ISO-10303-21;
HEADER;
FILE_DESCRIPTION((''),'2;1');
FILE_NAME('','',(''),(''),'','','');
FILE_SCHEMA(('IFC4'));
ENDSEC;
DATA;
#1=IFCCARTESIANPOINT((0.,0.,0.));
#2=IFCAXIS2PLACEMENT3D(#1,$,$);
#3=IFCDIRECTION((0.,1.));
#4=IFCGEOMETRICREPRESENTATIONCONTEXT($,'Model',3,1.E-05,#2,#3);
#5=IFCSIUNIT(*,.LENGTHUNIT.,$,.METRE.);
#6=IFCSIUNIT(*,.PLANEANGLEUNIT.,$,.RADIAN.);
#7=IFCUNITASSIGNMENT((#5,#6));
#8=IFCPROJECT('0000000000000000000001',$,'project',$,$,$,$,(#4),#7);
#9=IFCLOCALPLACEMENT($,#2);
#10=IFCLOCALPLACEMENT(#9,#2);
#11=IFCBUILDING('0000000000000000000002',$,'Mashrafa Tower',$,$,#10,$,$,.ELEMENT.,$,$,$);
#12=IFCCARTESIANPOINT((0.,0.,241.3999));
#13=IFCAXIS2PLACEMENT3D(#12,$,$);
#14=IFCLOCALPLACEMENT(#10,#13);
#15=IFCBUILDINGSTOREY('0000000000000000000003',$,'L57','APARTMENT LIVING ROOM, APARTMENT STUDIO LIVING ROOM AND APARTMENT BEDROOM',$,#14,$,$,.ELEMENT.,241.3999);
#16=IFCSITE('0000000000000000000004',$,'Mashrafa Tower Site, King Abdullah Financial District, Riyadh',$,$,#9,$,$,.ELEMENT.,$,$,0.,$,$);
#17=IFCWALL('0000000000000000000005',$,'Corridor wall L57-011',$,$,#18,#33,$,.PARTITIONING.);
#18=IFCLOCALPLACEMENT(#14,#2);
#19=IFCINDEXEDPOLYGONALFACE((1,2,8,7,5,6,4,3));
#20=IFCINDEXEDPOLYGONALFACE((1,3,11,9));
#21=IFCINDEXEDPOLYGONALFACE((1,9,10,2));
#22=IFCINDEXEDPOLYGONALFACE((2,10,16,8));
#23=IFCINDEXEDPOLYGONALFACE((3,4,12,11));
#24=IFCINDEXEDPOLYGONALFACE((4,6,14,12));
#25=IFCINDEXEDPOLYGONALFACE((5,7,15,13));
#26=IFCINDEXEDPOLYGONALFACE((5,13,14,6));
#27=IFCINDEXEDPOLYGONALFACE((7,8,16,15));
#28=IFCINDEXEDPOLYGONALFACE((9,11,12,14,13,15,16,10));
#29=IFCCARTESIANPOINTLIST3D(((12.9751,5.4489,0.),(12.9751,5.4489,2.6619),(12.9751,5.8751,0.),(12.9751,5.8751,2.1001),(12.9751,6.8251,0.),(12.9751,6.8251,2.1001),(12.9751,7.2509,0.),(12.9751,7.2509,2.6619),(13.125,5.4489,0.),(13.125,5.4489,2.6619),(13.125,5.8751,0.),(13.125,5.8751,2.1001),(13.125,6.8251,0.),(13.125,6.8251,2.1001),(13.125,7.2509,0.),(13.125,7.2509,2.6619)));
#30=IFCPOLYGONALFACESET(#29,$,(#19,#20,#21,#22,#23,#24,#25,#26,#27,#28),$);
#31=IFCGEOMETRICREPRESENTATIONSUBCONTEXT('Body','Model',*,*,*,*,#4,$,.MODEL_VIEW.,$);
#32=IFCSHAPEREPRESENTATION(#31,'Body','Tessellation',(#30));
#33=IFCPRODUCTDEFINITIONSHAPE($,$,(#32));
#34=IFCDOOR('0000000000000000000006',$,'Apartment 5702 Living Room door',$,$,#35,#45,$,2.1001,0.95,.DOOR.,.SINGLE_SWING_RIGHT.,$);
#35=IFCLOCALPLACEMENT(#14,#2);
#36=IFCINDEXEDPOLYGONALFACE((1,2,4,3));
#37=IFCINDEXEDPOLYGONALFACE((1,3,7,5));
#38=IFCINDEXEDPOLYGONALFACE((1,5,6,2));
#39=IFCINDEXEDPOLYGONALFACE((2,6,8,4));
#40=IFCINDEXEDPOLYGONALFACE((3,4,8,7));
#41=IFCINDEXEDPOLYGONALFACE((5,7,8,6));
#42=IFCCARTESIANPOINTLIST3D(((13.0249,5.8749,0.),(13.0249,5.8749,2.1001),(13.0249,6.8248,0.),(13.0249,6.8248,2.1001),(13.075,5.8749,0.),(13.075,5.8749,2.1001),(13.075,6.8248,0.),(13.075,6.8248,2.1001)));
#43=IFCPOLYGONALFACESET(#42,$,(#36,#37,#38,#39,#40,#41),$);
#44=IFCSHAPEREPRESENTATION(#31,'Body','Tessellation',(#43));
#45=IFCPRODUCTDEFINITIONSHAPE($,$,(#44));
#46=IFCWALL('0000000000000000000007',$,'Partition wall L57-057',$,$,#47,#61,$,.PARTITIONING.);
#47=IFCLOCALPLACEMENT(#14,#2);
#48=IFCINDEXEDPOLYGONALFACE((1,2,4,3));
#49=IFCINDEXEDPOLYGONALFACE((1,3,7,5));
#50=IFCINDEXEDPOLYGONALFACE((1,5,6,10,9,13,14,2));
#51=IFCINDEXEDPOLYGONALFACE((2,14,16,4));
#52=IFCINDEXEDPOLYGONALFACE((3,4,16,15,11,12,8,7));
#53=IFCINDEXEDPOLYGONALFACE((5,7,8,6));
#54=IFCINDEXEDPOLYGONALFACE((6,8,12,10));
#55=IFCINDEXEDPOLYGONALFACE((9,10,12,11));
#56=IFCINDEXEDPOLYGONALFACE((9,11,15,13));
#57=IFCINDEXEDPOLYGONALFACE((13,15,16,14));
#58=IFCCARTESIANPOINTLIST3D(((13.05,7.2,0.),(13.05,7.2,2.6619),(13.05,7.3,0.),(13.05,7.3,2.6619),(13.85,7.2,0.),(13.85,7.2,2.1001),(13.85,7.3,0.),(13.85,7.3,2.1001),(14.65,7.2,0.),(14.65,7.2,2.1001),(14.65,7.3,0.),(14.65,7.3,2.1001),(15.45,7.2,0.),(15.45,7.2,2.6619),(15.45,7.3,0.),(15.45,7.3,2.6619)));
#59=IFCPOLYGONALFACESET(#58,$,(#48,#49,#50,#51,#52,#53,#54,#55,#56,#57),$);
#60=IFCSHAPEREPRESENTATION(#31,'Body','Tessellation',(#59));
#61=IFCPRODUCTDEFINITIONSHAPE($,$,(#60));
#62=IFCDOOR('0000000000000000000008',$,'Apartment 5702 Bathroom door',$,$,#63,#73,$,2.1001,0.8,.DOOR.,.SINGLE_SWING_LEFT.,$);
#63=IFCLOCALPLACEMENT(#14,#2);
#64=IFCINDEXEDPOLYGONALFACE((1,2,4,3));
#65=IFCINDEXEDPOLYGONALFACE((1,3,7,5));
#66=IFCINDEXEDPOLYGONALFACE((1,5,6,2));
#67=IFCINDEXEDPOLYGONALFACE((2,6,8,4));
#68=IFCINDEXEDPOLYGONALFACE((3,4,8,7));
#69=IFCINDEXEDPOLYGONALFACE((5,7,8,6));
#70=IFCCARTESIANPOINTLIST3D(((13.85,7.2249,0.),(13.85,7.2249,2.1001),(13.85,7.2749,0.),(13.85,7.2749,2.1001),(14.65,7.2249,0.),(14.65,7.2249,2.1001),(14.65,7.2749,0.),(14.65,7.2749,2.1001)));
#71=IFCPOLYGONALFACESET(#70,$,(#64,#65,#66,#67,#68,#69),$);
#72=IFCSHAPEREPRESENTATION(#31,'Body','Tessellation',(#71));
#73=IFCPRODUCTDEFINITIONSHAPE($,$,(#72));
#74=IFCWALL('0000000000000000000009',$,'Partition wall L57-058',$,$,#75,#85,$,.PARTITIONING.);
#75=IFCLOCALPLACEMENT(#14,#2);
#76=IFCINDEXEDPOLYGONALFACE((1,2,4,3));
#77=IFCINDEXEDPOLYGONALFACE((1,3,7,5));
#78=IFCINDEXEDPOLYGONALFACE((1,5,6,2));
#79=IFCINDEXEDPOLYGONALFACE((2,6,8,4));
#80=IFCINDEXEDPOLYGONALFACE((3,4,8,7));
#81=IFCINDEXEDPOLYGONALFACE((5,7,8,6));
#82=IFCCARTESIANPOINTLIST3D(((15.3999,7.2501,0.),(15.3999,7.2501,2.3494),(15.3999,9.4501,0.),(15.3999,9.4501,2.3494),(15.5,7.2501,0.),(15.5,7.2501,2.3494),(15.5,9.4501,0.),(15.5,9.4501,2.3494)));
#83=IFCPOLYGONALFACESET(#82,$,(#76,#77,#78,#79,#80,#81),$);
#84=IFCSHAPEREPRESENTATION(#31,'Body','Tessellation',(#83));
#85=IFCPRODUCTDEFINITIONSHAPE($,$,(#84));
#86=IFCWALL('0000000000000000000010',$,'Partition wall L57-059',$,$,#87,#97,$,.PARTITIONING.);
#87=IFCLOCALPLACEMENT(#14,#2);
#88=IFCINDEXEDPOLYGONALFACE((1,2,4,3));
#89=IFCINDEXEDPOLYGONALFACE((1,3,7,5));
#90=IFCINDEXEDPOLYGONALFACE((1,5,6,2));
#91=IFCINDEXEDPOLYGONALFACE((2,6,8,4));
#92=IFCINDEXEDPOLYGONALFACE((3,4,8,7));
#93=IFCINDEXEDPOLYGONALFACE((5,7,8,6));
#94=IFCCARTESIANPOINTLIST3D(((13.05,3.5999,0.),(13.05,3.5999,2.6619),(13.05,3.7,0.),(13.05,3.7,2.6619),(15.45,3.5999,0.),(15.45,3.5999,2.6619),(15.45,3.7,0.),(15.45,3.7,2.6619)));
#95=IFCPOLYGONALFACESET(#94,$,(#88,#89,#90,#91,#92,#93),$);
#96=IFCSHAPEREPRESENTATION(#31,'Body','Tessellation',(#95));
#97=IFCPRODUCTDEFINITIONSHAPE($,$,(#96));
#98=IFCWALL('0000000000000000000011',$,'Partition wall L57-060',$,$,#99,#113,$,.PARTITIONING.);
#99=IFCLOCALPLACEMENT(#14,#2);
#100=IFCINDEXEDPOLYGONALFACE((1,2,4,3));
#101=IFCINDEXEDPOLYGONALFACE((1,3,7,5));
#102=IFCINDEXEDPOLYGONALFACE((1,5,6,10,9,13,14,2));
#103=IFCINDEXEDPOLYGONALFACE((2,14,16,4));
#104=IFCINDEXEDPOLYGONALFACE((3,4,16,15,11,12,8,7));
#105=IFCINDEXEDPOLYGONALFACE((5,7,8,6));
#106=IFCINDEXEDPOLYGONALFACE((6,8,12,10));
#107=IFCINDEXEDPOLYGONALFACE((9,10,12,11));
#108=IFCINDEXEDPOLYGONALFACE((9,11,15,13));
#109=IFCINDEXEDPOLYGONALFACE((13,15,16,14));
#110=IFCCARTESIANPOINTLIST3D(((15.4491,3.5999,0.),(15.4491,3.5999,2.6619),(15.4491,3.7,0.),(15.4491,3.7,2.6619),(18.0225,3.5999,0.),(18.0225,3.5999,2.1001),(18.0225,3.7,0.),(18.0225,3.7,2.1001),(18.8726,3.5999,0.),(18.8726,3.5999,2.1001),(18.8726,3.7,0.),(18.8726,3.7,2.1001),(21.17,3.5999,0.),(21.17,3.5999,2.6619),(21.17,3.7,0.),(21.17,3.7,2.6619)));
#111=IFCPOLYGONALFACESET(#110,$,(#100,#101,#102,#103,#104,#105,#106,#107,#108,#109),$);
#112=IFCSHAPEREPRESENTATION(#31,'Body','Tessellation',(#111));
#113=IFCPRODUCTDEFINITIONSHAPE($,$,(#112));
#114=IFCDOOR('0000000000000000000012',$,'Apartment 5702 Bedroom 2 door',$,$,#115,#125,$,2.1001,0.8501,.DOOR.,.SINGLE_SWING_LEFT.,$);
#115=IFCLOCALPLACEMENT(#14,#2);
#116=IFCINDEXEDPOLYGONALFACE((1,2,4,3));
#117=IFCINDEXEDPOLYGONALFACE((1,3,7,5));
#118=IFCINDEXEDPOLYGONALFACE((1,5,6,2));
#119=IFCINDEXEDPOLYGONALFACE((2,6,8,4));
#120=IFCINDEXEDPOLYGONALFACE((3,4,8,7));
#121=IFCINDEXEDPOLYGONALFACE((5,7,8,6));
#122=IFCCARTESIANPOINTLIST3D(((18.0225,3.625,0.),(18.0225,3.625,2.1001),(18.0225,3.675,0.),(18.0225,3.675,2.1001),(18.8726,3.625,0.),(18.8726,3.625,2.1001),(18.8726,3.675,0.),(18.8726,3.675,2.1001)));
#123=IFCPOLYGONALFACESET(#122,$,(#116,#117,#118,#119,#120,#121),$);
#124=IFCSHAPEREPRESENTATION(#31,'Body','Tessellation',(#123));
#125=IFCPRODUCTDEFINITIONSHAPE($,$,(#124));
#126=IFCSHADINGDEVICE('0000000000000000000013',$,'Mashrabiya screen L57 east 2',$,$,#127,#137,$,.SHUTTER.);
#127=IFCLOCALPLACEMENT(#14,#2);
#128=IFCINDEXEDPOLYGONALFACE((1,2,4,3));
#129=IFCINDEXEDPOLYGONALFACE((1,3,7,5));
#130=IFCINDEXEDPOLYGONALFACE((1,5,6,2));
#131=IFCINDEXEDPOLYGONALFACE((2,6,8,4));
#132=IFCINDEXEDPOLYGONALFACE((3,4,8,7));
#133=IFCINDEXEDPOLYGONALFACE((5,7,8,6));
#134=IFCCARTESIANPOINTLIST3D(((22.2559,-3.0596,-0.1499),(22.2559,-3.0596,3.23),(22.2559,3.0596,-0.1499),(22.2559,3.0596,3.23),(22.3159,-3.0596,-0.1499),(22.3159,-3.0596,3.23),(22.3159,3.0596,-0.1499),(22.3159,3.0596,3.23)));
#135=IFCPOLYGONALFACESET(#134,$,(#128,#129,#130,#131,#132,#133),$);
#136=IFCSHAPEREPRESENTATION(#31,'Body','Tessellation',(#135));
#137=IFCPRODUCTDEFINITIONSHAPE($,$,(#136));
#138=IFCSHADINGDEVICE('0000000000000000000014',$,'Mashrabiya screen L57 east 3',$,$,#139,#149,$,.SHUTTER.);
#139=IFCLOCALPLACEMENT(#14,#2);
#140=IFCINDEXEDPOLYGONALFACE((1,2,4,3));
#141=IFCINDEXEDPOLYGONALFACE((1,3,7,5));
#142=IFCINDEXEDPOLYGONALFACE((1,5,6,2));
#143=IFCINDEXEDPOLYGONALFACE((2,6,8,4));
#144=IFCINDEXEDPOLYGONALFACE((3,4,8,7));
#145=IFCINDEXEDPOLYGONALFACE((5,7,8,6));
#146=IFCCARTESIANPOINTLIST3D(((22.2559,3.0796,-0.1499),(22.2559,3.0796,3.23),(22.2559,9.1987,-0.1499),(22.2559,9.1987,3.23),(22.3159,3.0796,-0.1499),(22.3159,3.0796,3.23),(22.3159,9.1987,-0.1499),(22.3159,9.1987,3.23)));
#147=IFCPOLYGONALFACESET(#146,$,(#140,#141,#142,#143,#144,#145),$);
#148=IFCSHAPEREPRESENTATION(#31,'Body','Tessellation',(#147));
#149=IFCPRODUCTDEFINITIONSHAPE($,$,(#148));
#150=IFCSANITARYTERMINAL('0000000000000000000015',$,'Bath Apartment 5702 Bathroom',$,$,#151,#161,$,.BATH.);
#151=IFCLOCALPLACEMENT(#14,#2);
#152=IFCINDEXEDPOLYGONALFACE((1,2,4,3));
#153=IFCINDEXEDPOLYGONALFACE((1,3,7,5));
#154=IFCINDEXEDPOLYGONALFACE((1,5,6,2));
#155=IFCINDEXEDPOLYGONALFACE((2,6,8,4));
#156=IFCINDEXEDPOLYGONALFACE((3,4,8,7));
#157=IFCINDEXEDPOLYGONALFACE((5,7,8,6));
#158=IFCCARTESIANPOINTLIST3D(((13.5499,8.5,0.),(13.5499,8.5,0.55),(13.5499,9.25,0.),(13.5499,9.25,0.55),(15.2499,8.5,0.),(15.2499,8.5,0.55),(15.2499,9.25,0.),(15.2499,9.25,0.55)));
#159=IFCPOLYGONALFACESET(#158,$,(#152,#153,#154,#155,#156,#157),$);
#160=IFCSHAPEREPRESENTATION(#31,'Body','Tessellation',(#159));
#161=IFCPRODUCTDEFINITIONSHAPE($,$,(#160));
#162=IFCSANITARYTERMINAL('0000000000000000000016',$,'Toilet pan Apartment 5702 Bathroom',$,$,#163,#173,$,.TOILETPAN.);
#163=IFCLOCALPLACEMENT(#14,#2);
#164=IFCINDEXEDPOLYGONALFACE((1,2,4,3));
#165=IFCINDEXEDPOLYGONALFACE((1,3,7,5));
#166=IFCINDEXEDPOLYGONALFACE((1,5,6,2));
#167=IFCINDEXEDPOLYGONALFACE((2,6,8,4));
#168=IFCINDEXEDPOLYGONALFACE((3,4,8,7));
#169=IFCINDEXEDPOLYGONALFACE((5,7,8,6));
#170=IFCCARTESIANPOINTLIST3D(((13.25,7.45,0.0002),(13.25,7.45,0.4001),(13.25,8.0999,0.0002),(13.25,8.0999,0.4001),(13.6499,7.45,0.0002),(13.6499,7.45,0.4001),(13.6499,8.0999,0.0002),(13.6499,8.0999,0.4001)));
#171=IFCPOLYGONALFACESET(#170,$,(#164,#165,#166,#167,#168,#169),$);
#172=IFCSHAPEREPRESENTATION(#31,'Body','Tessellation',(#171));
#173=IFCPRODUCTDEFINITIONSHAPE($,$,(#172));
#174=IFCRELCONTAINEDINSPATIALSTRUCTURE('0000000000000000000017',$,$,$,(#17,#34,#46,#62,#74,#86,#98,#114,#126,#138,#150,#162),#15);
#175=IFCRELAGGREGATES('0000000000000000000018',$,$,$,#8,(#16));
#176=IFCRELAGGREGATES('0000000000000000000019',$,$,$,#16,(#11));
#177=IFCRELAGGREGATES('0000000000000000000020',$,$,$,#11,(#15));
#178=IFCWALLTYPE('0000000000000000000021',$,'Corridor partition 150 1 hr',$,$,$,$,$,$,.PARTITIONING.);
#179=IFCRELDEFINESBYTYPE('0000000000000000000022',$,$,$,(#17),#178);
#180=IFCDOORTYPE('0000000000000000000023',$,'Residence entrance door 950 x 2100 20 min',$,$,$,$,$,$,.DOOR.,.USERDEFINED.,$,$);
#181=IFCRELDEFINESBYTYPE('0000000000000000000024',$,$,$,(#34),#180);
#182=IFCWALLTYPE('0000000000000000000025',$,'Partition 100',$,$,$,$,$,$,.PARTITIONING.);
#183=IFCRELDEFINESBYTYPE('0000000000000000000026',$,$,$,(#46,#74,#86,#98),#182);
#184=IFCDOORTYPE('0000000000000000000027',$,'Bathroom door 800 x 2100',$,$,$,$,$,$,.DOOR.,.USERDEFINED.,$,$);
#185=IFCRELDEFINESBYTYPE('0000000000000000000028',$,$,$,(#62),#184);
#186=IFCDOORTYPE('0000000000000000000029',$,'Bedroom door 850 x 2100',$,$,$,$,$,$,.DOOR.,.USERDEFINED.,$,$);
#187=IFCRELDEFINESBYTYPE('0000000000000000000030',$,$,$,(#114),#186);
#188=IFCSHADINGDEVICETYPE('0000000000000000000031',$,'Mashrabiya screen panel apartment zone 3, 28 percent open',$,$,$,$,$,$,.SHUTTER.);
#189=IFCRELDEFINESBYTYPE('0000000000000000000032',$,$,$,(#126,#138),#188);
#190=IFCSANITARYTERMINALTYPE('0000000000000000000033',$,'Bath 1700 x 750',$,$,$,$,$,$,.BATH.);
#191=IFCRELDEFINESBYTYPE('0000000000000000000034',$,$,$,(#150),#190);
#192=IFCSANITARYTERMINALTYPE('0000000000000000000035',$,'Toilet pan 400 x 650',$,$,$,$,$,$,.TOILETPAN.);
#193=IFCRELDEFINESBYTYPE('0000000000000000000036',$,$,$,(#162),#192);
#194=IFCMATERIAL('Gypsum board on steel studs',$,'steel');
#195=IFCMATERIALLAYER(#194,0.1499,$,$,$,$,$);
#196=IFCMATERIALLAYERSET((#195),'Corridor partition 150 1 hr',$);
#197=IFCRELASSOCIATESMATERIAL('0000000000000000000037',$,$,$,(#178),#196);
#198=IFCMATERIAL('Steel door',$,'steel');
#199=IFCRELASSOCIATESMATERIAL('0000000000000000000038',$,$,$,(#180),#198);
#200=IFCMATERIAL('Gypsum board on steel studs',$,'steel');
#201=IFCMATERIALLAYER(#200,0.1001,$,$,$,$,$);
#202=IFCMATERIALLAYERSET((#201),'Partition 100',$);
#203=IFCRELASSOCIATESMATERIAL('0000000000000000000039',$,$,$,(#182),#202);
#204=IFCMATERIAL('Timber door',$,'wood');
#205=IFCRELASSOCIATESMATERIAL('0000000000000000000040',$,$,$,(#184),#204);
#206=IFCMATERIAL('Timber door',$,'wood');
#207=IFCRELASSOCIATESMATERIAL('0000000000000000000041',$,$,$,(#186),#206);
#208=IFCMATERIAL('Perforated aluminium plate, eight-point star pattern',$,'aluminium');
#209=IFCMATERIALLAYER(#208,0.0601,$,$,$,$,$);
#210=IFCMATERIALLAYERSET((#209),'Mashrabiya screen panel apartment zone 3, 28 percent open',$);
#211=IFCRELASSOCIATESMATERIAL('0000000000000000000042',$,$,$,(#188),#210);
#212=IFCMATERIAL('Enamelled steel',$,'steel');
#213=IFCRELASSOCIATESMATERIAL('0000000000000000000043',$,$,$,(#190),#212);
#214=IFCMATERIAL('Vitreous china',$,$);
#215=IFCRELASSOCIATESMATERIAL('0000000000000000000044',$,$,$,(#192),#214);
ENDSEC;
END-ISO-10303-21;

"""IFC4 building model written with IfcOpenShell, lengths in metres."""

from ifc_helpers import new_model, si_unit, direction, frame, frame_2d, origin, origin_2d, place, context, subcontext, project, spatial, rectangle, extrude, source, transform, mapped, material, layer, layer_set, type_object, type_shapes, element, fill, save


model = new_model("IFC4")

# Units and contexts
model_context = context("Model", 3, precision=1e-05, world=origin(), true_north=direction((0.0, 1.0)))
body_context = subcontext(model_context, "Body", "Model", "MODEL_VIEW")
ifc_project = project(units=[si_unit("LENGTHUNIT", "METRE"), si_unit("PLANEANGLEUNIT", "RADIAN")], contexts=[model_context])

# Site, building, storey
site_placement = place(None, origin())
site = spatial("IfcSite", under=ifc_project, at=site_placement, Name="Mashrafa Tower Site, King Abdullah Financial District, Riyadh", CompositionType="ELEMENT", RefElevation=0.0)
building_placement = place(site_placement, origin())
building = spatial("IfcBuilding", under=site, at=building_placement, Name="Mashrafa Tower", CompositionType="ELEMENT")
storey_placement = place(building_placement, frame((0.0, 0.0, 241.3999)))
storey = spatial("IfcBuildingStorey", under=building, at=storey_placement, Name="L57", Description="APARTMENT LIVING ROOM, APARTMENT STUDIO LIVING ROOM AND APARTMENT BEDROOM", CompositionType="ELEMENT", Elevation=241.3999)

# Shared definitions
ifc_material_1 = material(Name="Gypsum board on steel studs", Category="steel")
ifc_layer_1 = layer(ifc_material_1, 0.1499)
ifc_layer_set_1 = layer_set([ifc_layer_1], Name="Corridor partition 150 1 hr")
wall_type_1 = type_object("IfcWallType", Name="Corridor partition 150 1 hr", PredefinedType="PARTITIONING", material=ifc_layer_set_1)

# Walls, openings, doors
wall_1_placement = place(storey_placement, frame((13.05, 5.449, 0.0), z_axis=(0.0, 0.0, 1.0), x_axis=(0.0, 1.0, 0.0)))
wall_1 = element("IfcWall", 1, at=wall_1_placement, inside=storey, type_object=wall_type_1, Name="Corridor wall L57-011", PredefinedType="PARTITIONING", context=body_context, shape_type="SweptSolid", body=[
    extrude(rectangle(XDim=1.802, YDim=0.1499, at=frame_2d((0.9009, 0.0))), origin(), (0.0, 0.0, 1.0), 2.6619),
])
opening_1_placement = place(wall_1_placement, frame((0.426, 0.0, 0.0)))
opening_1 = element("IfcOpeningElement", 2, at=opening_1_placement, cuts=wall_1, PredefinedType="OPENING", context=body_context, shape_type="SweptSolid", body=[
    extrude(rectangle(XDim=0.95, YDim=2.1001, at=frame_2d((0.4751, 1.05))), frame((0.0, 0.085, 0.0), z_axis=(0.0, -1.0, 0.0), x_axis=(1.0, 0.0, 0.0)), (0.0, 0.0, 1.0), 0.1699),
])
ifc_material_2 = material(Name="Steel door", Category="steel")
door_type_1 = type_object("IfcDoorType", Name="Residence entrance door 950 x 2100 20 min", OperationType="USERDEFINED", PredefinedType="DOOR", material=ifc_material_2)
door_1_placement = place(opening_1_placement, frame((0.95, 0.0, 0.0), z_axis=(0.0, 0.0, 1.0), x_axis=(-1.0, 0.0, 0.0)))
door_1 = element("IfcDoor", 3, at=door_1_placement, inside=storey, type_object=door_type_1, Name="Apartment 5702 Living Room door", OperationType="SINGLE_SWING_RIGHT", OverallHeight=2.1001, OverallWidth=0.95, PredefinedType="DOOR", context=body_context, shape_type="SweptSolid", body=[
    extrude(rectangle(XDim=0.95, YDim=2.1001, at=frame_2d((0.4751, 1.05))), frame((0.0, 0.0249, 0.0), z_axis=(0.0, -1.0, 0.0), x_axis=(1.0, 0.0, 0.0)), (0.0, 0.0, 1.0), 0.05),
])
fill(opening_1, door_1)
ifc_material_3 = material(Name="Gypsum board on steel studs", Category="steel")
ifc_layer_2 = layer(ifc_material_3, 0.1001)
ifc_layer_set_2 = layer_set([ifc_layer_2], Name="Partition 100")
wall_type_2 = type_object("IfcWallType", Name="Partition 100", PredefinedType="PARTITIONING", material=ifc_layer_set_2)
wall_2_placement = place(storey_placement, frame((13.05, 7.25, 0.0), z_axis=(0.0, 0.0, 1.0), x_axis=(1.0, 0.0, 0.0)))
wall_2 = element("IfcWall", 4, at=wall_2_placement, inside=storey, type_object=wall_type_2, Name="Partition wall L57-057", PredefinedType="PARTITIONING", context=body_context, shape_type="SweptSolid", body=[
    extrude(rectangle(XDim=2.3999, YDim=0.1001, at=frame_2d((1.2, 0.0))), origin(), (0.0, 0.0, 1.0), 2.6619),
])
opening_2_placement = place(wall_2_placement, frame((0.8, 0.0, 0.0)))
opening_2 = element("IfcOpeningElement", 5, at=opening_2_placement, cuts=wall_2, PredefinedType="OPENING", context=body_context, shape_type="SweptSolid", body=[
    extrude(rectangle(XDim=0.8, YDim=2.1001, at=frame_2d((0.3999, 1.05))), frame((0.0, 0.0601, 0.0), z_axis=(0.0, -1.0, 0.0), x_axis=(1.0, 0.0, 0.0)), (0.0, 0.0, 1.0), 0.1201),
])
ifc_material_4 = material(Name="Timber door", Category="wood")
door_type_2 = type_object("IfcDoorType", Name="Bathroom door 800 x 2100", OperationType="USERDEFINED", PredefinedType="DOOR", material=ifc_material_4)
door_2_placement = place(opening_2_placement, origin())
door_2 = element("IfcDoor", 6, at=door_2_placement, inside=storey, type_object=door_type_2, Name="Apartment 5702 Bathroom door", OperationType="SINGLE_SWING_LEFT", OverallHeight=2.1001, OverallWidth=0.8, PredefinedType="DOOR", context=body_context, shape_type="SweptSolid", body=[
    extrude(rectangle(XDim=0.8, YDim=2.1001, at=frame_2d((0.3999, 1.05))), frame((0.0, 0.0249, 0.0), z_axis=(0.0, -1.0, 0.0), x_axis=(1.0, 0.0, 0.0)), (0.0, 0.0, 1.0), 0.05),
])
fill(opening_2, door_2)

# Walls
wall_3_placement = place(storey_placement, frame((15.45, 7.25, 0.0), z_axis=(0.0, 0.0, 1.0), x_axis=(0.0, 1.0, 0.0)))
element("IfcWall", 7, at=wall_3_placement, inside=storey, type_object=wall_type_2, Name="Partition wall L57-058", PredefinedType="PARTITIONING", context=body_context, shape_type="SweptSolid", body=[
    extrude(rectangle(XDim=2.2, YDim=0.1001, at=frame_2d((1.1001, 0.0))), origin(), (0.0, 0.0, 1.0), 2.3494),
])
wall_4_placement = place(storey_placement, frame((13.05, 3.6499, 0.0), z_axis=(0.0, 0.0, 1.0), x_axis=(1.0, 0.0, 0.0)))
element("IfcWall", 8, at=wall_4_placement, inside=storey, type_object=wall_type_2, Name="Partition wall L57-059", PredefinedType="PARTITIONING", context=body_context, shape_type="SweptSolid", body=[
    extrude(rectangle(XDim=2.3999, YDim=0.1001, at=frame_2d((1.2, 0.0))), origin(), (0.0, 0.0, 1.0), 2.6619),
])

# Wall, opening, door
wall_5_placement = place(storey_placement, frame((21.1699, 3.6499, 0.0), z_axis=(0.0, 0.0, 1.0), x_axis=(-1.0, 0.0, 0.0)))
wall_5 = element("IfcWall", 9, at=wall_5_placement, inside=storey, type_object=wall_type_2, Name="Partition wall L57-060", PredefinedType="PARTITIONING", context=body_context, shape_type="SweptSolid", body=[
    extrude(rectangle(XDim=5.7209, YDim=0.1001, at=frame_2d((2.8604, 0.0))), origin(), (0.0, 0.0, 1.0), 2.6619),
])
opening_3_placement = place(wall_5_placement, frame((2.2974, 0.0, 0.0)))
opening_3 = element("IfcOpeningElement", 10, at=opening_3_placement, cuts=wall_5, PredefinedType="OPENING", context=body_context, shape_type="SweptSolid", body=[
    extrude(rectangle(XDim=0.8501, YDim=2.1001, at=frame_2d((0.425, 1.05))), frame((0.0, 0.0601, 0.0), z_axis=(0.0, -1.0, 0.0), x_axis=(1.0, 0.0, 0.0)), (0.0, 0.0, 1.0), 0.1201),
])
ifc_material_5 = material(Name="Timber door", Category="wood")
door_type_3 = type_object("IfcDoorType", Name="Bedroom door 850 x 2100", OperationType="USERDEFINED", PredefinedType="DOOR", material=ifc_material_5)
door_3_placement = place(opening_3_placement, origin())
door_3 = element("IfcDoor", 11, at=door_3_placement, inside=storey, type_object=door_type_3, Name="Apartment 5702 Bedroom 2 door", OperationType="SINGLE_SWING_LEFT", OverallHeight=2.1001, OverallWidth=0.8501, PredefinedType="DOOR", context=body_context, shape_type="SweptSolid", body=[
    extrude(rectangle(XDim=0.8501, YDim=2.1001, at=frame_2d((0.425, 1.05))), frame((0.0, 0.0249, 0.0), z_axis=(0.0, -1.0, 0.0), x_axis=(1.0, 0.0, 0.0)), (0.0, 0.0, 1.0), 0.05),
])
fill(opening_3, door_3)

# Shading devices
ifc_material_6 = material(Name="Perforated aluminium plate, eight-point star pattern", Category="aluminium")
ifc_layer_3 = layer(ifc_material_6, 0.0601)
ifc_layer_set_3 = layer_set([ifc_layer_3], Name="Mashrabiya screen panel apartment zone 3, 28 percent open")
shading_device_type = type_object("IfcShadingDeviceType", Name="Mashrabiya screen panel apartment zone 3, 28 percent open", PredefinedType="SHUTTER", material=ifc_layer_set_3)
shared_shape_1 = source(origin(), body_context, "Body", "SweptSolid", [
    extrude(rectangle(XDim=6.1191, YDim=0.0601, at=origin_2d()), origin(), (0.0, 0.0, 1.0), 3.3799),
])
type_shapes(shading_device_type, [shared_shape_1])
for number, where, z_axis, x_axis, name in (
    (12, (22.2859, 0.0, -0.1499), (0.0, 0.0, 1.0), (0.0, 1.0, 0.0), "Mashrabiya screen L57 east 2"),
    (13, (22.2859, 6.1392, -0.1499), (0.0, 0.0, 1.0), (0.0, 1.0, 0.0), "Mashrabiya screen L57 east 3"),
):
    element("IfcShadingDevice", number, at=place(storey_placement, frame(where, z_axis=z_axis, x_axis=x_axis)), inside=storey, type_object=shading_device_type, Name=name, PredefinedType="SHUTTER", context=body_context, shape_type="MappedRepresentation", body=[
        mapped(shared_shape_1, transform((0.0, 0.0, 0.0))),
    ])

# Sanitary terminals
ifc_material_7 = material(Name="Enamelled steel", Category="steel")
sanitary_terminal_type_1 = type_object("IfcSanitaryTerminalType", Name="Bath 1700 x 750", PredefinedType="BATH", material=ifc_material_7)
sanitary_terminal_1_placement = place(storey_placement, frame((14.3999, 8.875, 0.0), z_axis=(0.0, 0.0, 1.0), x_axis=(-1.0, 0.0, 0.0)))
element("IfcSanitaryTerminal", 14, at=sanitary_terminal_1_placement, inside=storey, type_object=sanitary_terminal_type_1, Name="Bath Apartment 5702 Bathroom", PredefinedType="BATH", context=body_context, shape_type="SweptSolid", body=[
    extrude(rectangle(XDim=1.7, YDim=0.75, at=origin_2d()), origin(), (0.0, 0.0, 1.0), 0.55),
])
ifc_material_8 = material(Name="Vitreous china")
sanitary_terminal_type_2 = type_object("IfcSanitaryTerminalType", Name="Toilet pan 400 x 650", PredefinedType="TOILETPAN", material=ifc_material_8)
sanitary_terminal_2_placement = place(storey_placement, frame((13.45, 7.7749, 0.0002), z_axis=(0.0, 0.0, 1.0), x_axis=(1.0, 0.0, 0.0)))
element("IfcSanitaryTerminal", 15, at=sanitary_terminal_2_placement, inside=storey, type_object=sanitary_terminal_type_2, Name="Toilet pan Apartment 5702 Bathroom", PredefinedType="TOILETPAN", context=body_context, shape_type="SweptSolid", body=[
    extrude(rectangle(XDim=0.3999, YDim=0.6499, at=origin_2d()), origin(), (0.0, 0.0, 1.0), 0.3999),
])

save(model, "model.ifc")
